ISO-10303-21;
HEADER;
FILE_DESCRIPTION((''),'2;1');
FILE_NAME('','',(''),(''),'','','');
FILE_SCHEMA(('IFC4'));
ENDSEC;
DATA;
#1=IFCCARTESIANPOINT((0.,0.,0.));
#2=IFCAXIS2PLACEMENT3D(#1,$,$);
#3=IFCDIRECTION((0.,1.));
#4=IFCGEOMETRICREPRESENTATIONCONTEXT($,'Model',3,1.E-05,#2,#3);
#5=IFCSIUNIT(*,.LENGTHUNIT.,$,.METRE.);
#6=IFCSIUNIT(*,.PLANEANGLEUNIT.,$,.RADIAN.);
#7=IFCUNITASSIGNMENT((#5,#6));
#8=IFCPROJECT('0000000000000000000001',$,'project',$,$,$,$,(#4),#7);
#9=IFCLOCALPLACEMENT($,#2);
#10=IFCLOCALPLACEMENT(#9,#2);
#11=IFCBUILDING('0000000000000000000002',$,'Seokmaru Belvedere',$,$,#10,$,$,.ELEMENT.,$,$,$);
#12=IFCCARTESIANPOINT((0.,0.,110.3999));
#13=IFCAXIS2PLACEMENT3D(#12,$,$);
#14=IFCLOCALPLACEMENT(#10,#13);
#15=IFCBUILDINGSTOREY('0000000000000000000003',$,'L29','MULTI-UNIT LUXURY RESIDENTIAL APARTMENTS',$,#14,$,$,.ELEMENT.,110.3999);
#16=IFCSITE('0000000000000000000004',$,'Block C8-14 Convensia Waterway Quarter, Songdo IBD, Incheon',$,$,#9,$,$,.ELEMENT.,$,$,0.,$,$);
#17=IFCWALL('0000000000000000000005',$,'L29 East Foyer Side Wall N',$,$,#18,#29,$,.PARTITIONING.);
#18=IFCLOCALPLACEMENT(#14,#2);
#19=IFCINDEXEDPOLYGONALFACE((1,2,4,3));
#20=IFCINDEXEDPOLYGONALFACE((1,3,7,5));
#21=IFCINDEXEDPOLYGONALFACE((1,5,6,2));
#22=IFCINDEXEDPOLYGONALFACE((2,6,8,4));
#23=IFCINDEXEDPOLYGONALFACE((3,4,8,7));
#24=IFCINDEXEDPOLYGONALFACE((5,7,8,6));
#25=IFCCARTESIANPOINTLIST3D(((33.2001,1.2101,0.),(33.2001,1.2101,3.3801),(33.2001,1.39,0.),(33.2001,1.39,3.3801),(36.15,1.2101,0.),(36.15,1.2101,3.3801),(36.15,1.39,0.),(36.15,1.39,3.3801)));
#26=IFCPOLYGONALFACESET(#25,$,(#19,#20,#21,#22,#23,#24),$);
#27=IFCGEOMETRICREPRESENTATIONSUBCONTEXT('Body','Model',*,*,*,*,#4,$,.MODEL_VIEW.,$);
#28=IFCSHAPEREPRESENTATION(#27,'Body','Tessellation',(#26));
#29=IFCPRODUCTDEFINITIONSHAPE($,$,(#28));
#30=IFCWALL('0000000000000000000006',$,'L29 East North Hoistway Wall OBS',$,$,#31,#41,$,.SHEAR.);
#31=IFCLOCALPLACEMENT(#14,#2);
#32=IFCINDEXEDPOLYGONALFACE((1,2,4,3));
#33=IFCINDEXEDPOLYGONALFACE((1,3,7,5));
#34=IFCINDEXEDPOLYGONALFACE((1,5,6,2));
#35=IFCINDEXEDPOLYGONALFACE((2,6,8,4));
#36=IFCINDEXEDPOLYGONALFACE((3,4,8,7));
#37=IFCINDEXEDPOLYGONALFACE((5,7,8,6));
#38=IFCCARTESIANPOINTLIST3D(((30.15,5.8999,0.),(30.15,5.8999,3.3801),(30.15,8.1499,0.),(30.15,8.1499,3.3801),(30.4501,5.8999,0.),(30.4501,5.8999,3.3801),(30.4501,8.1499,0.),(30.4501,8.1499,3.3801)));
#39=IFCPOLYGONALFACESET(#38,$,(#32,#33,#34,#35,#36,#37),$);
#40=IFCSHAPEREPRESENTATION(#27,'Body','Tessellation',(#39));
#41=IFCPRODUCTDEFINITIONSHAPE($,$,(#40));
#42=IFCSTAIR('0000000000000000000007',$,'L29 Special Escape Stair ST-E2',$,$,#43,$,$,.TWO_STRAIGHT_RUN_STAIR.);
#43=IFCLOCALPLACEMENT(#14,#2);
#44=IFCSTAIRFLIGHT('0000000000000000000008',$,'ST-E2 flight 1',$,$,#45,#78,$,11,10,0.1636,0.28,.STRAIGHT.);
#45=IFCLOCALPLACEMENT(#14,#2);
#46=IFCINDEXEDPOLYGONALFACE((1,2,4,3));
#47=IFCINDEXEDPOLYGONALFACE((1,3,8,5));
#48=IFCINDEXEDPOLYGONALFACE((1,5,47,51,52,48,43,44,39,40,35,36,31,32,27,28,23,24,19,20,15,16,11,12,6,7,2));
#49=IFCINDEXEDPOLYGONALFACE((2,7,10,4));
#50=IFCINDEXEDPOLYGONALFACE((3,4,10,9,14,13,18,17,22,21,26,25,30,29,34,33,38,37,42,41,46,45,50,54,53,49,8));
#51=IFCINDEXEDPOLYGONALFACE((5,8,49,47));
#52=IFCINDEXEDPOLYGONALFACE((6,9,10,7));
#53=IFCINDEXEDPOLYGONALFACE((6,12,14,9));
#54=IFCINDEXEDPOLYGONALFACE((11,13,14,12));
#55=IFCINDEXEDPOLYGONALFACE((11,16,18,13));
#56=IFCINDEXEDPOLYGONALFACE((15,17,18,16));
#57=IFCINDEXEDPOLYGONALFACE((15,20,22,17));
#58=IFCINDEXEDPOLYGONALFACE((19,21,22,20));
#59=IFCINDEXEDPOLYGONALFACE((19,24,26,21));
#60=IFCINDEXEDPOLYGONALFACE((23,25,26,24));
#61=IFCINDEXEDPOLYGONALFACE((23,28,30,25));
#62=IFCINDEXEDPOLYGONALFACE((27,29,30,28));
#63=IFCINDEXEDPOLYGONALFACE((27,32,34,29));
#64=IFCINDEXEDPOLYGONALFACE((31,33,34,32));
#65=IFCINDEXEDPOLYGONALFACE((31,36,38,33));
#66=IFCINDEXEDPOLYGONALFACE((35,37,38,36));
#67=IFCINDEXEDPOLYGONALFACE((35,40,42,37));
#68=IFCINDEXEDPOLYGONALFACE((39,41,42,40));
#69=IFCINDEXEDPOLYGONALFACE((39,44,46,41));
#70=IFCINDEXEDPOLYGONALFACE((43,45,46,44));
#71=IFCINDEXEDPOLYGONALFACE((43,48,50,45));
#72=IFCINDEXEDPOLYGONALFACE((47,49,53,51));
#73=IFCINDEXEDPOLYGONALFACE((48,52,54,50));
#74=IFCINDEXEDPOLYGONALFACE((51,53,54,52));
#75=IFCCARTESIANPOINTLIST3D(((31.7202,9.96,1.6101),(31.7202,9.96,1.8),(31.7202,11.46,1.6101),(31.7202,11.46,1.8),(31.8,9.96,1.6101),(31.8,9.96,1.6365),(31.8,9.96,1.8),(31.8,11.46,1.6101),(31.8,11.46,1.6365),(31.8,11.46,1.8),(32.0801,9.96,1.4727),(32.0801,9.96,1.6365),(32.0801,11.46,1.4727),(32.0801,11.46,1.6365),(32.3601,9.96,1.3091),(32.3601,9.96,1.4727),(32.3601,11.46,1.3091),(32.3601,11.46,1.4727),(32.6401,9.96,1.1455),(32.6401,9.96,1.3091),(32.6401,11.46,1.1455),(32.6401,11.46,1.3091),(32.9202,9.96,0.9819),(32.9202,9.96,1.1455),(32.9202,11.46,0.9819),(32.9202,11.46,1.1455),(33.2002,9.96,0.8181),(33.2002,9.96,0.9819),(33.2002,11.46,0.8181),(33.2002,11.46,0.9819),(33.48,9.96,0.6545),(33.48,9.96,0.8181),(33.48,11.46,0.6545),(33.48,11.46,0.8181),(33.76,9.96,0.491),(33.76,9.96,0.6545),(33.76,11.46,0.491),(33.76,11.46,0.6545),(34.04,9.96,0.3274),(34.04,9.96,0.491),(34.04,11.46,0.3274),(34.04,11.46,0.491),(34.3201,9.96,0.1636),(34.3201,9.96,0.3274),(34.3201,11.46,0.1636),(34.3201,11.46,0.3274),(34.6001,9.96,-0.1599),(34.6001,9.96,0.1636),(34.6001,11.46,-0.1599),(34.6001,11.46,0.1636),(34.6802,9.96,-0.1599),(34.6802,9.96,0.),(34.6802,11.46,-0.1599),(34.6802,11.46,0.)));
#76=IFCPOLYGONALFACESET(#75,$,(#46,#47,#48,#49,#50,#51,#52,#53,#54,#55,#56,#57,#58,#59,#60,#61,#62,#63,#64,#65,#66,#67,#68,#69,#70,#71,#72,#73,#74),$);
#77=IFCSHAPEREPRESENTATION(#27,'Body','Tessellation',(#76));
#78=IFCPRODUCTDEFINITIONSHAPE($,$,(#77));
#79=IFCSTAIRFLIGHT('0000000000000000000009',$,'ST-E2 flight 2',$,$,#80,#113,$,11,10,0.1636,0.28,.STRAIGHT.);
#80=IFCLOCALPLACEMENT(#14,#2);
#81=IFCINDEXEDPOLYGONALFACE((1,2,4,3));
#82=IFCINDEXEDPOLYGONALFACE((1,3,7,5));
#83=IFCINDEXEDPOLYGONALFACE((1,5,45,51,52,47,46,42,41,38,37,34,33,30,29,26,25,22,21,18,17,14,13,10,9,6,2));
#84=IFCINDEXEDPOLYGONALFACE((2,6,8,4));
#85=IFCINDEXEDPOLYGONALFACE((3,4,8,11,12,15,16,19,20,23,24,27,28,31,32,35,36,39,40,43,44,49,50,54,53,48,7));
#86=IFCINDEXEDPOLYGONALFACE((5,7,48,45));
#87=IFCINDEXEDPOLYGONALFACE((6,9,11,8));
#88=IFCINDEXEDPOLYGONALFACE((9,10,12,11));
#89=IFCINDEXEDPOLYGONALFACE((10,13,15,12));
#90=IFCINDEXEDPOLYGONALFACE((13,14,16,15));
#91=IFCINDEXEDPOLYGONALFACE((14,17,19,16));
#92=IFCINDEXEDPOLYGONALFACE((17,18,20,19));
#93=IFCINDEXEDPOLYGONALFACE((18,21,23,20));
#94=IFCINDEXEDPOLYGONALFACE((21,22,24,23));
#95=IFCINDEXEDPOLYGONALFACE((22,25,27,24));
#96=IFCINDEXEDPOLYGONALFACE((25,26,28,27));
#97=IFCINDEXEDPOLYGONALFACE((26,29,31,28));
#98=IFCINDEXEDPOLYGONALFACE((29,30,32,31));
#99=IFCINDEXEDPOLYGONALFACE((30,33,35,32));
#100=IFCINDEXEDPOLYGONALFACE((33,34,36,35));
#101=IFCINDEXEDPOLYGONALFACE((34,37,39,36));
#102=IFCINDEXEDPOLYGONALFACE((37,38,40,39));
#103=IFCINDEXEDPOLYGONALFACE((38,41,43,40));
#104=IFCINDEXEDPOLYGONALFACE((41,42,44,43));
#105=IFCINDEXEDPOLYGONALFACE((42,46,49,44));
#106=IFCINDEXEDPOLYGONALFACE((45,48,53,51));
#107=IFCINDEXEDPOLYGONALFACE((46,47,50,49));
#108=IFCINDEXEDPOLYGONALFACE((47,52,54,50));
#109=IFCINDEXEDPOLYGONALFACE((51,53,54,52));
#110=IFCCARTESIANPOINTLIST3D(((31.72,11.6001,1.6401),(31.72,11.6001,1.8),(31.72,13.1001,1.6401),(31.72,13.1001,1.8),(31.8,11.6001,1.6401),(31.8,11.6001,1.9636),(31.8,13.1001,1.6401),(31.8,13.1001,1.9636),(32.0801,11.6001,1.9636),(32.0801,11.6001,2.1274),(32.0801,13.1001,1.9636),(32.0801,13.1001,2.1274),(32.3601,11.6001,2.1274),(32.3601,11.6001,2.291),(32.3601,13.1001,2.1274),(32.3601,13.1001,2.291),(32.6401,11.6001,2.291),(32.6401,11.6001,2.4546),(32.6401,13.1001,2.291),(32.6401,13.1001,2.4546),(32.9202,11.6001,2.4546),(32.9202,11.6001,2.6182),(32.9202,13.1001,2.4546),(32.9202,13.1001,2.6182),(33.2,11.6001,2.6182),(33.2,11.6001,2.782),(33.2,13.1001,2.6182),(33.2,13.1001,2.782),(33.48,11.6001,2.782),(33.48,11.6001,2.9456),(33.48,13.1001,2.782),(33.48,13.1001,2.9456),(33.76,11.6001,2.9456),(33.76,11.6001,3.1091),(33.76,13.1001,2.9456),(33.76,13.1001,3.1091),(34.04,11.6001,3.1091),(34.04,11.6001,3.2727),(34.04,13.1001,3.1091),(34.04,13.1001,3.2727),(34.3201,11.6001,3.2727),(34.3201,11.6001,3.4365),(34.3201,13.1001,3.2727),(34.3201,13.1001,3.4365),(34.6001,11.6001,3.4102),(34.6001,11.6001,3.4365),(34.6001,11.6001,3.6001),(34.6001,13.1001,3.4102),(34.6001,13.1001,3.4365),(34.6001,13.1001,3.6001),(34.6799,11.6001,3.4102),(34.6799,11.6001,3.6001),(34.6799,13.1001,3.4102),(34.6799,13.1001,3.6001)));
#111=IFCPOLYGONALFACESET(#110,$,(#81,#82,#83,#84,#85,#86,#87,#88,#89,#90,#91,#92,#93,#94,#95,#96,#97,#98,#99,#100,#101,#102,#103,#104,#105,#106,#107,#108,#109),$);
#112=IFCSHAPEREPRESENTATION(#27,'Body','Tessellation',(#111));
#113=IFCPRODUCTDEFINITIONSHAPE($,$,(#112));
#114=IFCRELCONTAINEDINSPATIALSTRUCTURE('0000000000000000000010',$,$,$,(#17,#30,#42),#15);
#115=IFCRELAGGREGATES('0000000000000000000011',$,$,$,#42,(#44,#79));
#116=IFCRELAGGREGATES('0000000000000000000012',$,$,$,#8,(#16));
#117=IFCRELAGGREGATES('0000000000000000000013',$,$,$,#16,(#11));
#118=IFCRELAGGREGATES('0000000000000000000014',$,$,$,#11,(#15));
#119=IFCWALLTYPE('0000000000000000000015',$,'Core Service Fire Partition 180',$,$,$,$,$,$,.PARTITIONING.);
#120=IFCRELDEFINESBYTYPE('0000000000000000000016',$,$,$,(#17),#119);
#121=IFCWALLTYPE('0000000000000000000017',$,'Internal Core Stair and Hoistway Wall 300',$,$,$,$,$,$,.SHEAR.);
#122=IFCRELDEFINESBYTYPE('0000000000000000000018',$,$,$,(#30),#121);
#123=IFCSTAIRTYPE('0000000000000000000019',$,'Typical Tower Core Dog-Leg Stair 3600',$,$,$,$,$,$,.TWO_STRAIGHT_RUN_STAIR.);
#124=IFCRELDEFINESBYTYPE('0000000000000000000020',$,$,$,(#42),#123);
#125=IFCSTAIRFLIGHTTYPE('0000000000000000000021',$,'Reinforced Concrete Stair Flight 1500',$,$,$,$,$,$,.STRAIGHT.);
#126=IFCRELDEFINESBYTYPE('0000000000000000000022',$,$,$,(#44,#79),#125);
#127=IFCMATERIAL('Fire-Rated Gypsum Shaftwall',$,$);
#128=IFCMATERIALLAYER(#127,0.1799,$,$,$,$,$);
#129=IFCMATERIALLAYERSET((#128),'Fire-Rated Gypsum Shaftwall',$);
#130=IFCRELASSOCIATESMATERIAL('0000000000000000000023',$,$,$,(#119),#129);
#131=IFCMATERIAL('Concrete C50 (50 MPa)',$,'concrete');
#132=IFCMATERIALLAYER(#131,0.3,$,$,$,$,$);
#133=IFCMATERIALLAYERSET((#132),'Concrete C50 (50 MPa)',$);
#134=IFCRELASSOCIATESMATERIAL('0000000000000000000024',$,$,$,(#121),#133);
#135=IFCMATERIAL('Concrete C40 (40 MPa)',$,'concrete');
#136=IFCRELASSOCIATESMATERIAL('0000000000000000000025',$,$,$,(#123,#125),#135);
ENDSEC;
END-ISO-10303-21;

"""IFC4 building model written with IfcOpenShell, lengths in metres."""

from ifc_helpers import new_model, si_unit, direction, frame, frame_2d, origin, place, context, subcontext, project, spatial, polyline, rectangle, outline, extrude, material, layer, layer_set, type_object, element, aggregate, save


model = new_model("IFC4")

# Units and contexts
model_context = context("Model", 3, precision=1e-05, world=origin(), true_north=direction((0.0, 1.0)))
body_context = subcontext(model_context, "Body", "Model", "MODEL_VIEW")
ifc_project = project(units=[si_unit("LENGTHUNIT", "METRE"), si_unit("PLANEANGLEUNIT", "RADIAN")], contexts=[model_context])

# Site, building, storey
site_placement = place(None, origin())
site = spatial("IfcSite", under=ifc_project, at=site_placement, Name="Block C8-14 Convensia Waterway Quarter, Songdo IBD, Incheon", CompositionType="ELEMENT", RefElevation=0.0)
building_placement = place(site_placement, origin())
building = spatial("IfcBuilding", under=site, at=building_placement, Name="Seokmaru Belvedere", CompositionType="ELEMENT")
storey_placement = place(building_placement, frame((0.0, 0.0, 110.3999)))
storey = spatial("IfcBuildingStorey", under=building, at=storey_placement, Name="L29", Description="MULTI-UNIT LUXURY RESIDENTIAL APARTMENTS", CompositionType="ELEMENT", Elevation=110.3999)

# Shared definitions
ifc_material_1 = material(Name="Fire-Rated Gypsum Shaftwall")
ifc_layer_1 = layer(ifc_material_1, 0.1799)
ifc_layer_set_1 = layer_set([ifc_layer_1], Name="Fire-Rated Gypsum Shaftwall")
wall_type_1 = type_object("IfcWallType", Name="Core Service Fire Partition 180", PredefinedType="PARTITIONING", material=ifc_layer_set_1)

# Walls
wall_1_placement = place(storey_placement, frame((33.2, 1.3, 0.0), z_axis=(0.0, 0.0, 1.0), x_axis=(1.0, 0.0, 0.0)))
element("IfcWall", 1, at=wall_1_placement, inside=storey, type_object=wall_type_1, Name="L29 East Foyer Side Wall N", PredefinedType="PARTITIONING", context=body_context, shape_type="SweptSolid", body=[
    extrude(rectangle(XDim=2.95, YDim=0.1799, at=frame_2d((1.4751, 0.0))), origin(), (0.0, 0.0, 1.0), 3.3801),
])
ifc_material_2 = material(Name="Concrete C50 (50 MPa)", Category="concrete")
ifc_layer_2 = layer(ifc_material_2, 0.3)
ifc_layer_set_2 = layer_set([ifc_layer_2], Name="Concrete C50 (50 MPa)")
wall_type_2 = type_object("IfcWallType", Name="Internal Core Stair and Hoistway Wall 300", PredefinedType="SHEAR", material=ifc_layer_set_2)
wall_2_placement = place(storey_placement, frame((30.3, 5.8999, 0.0), z_axis=(0.0, 0.0, 1.0), x_axis=(0.0, 1.0, 0.0)))
element("IfcWall", 2, at=wall_2_placement, inside=storey, type_object=wall_type_2, Name="L29 East North Hoistway Wall OBS", PredefinedType="SHEAR", context=body_context, shape_type="SweptSolid", body=[
    extrude(rectangle(XDim=2.25, YDim=0.3, at=frame_2d((1.125, 0.0))), origin(), (0.0, 0.0, 1.0), 3.3801),
])

# Stair, stair flights
ifc_material_3 = material(Name="Concrete C40 (40 MPa)", Category="concrete")
stair_type = type_object("IfcStairType", Name="Typical Tower Core Dog-Leg Stair 3600", PredefinedType="TWO_STRAIGHT_RUN_STAIR", material=ifc_material_3)
stair_placement = place(storey_placement, origin())
stair = element("IfcStair", 3, at=stair_placement, inside=storey, type_object=stair_type, Name="L29 Special Escape Stair ST-E2", PredefinedType="TWO_STRAIGHT_RUN_STAIR")
stair_flight_type = type_object("IfcStairFlightType", Name="Reinforced Concrete Stair Flight 1500", PredefinedType="STRAIGHT", material=ifc_material_3)
stair_flight_1_placement = place(storey_placement, frame((34.6001, 10.71, 0.0), z_axis=(0.0, 0.0, 1.0), x_axis=(-1.0, 0.0, 0.0)))
stair_flight_1 = element("IfcStairFlight", 4, at=stair_flight_1_placement, type_object=stair_flight_type, Name="ST-E2 flight 1", NumberOfRisers=11, NumberOfTreads=10, PredefinedType="STRAIGHT", RiserHeight=0.1636, TreadLength=0.28, context=body_context, shape_type="SweptSolid", body=[
    extrude(outline(polyline([(-0.0801, 0.0), (0.0, 0.1636), (0.28, 0.1636), (0.28, 0.3274), (0.5601, 0.3274), (0.5601, 0.491), (0.8401, 0.491), (0.8401, 0.6545), (1.1201, 0.6545), (1.1201, 0.8181), (1.3999, 0.8181), (1.3999, 0.9819), (1.6799, 0.9819), (1.6799, 1.1455), (1.96, 1.1455), (1.96, 1.3091), (2.24, 1.3091), (2.24, 1.4727), (2.52, 1.4727), (2.52, 1.6365), (2.8, 1.6365), (2.8, 1.8), (2.8799, 1.8), (2.8799, 1.6101), (2.8, 1.6101), (0.0, -0.1599), (-0.0801, -0.1599), (-0.0801, 0.0)])), frame((0.0, 0.75, 0.0), z_axis=(0.0, -1.0, 0.0), x_axis=(1.0, 0.0, 0.0)), (0.0, 0.0, 1.0), 1.5),
])
stair_flight_2_placement = place(storey_placement, frame((31.8, 12.3501, 1.8), z_axis=(0.0, 0.0, 1.0), x_axis=(1.0, 0.0, 0.0)))
stair_flight_2 = element("IfcStairFlight", 5, at=stair_flight_2_placement, type_object=stair_flight_type, Name="ST-E2 flight 2", NumberOfRisers=11, NumberOfTreads=10, PredefinedType="STRAIGHT", RiserHeight=0.1636, TreadLength=0.28, context=body_context, shape_type="SweptSolid", body=[
    extrude(outline(polyline([(-0.0801, 0.0), (0.0, 0.1636), (0.28, 0.1636), (0.28, 0.3274), (0.5601, 0.3274), (0.5601, 0.491), (0.8401, 0.491), (0.8401, 0.6545), (1.1201, 0.6545), (1.1201, 0.8181), (1.3999, 0.8181), (1.3999, 0.9819), (1.6799, 0.9819), (1.6799, 1.1455), (1.96, 1.1455), (1.96, 1.3091), (2.24, 1.3091), (2.24, 1.4727), (2.52, 1.4727), (2.52, 1.6365), (2.8, 1.6365), (2.8, 1.8), (2.8799, 1.8), (2.8799, 1.6101), (2.8, 1.6101), (0.0, -0.1599), (-0.0801, -0.1599), (-0.0801, 0.0)])), frame((0.0, 0.75, 0.0), z_axis=(0.0, -1.0, 0.0), x_axis=(1.0, 0.0, 0.0)), (0.0, 0.0, 1.0), 1.5),
])
aggregate(stair, [stair_flight_1, stair_flight_2])

save(model, "model.ifc")
